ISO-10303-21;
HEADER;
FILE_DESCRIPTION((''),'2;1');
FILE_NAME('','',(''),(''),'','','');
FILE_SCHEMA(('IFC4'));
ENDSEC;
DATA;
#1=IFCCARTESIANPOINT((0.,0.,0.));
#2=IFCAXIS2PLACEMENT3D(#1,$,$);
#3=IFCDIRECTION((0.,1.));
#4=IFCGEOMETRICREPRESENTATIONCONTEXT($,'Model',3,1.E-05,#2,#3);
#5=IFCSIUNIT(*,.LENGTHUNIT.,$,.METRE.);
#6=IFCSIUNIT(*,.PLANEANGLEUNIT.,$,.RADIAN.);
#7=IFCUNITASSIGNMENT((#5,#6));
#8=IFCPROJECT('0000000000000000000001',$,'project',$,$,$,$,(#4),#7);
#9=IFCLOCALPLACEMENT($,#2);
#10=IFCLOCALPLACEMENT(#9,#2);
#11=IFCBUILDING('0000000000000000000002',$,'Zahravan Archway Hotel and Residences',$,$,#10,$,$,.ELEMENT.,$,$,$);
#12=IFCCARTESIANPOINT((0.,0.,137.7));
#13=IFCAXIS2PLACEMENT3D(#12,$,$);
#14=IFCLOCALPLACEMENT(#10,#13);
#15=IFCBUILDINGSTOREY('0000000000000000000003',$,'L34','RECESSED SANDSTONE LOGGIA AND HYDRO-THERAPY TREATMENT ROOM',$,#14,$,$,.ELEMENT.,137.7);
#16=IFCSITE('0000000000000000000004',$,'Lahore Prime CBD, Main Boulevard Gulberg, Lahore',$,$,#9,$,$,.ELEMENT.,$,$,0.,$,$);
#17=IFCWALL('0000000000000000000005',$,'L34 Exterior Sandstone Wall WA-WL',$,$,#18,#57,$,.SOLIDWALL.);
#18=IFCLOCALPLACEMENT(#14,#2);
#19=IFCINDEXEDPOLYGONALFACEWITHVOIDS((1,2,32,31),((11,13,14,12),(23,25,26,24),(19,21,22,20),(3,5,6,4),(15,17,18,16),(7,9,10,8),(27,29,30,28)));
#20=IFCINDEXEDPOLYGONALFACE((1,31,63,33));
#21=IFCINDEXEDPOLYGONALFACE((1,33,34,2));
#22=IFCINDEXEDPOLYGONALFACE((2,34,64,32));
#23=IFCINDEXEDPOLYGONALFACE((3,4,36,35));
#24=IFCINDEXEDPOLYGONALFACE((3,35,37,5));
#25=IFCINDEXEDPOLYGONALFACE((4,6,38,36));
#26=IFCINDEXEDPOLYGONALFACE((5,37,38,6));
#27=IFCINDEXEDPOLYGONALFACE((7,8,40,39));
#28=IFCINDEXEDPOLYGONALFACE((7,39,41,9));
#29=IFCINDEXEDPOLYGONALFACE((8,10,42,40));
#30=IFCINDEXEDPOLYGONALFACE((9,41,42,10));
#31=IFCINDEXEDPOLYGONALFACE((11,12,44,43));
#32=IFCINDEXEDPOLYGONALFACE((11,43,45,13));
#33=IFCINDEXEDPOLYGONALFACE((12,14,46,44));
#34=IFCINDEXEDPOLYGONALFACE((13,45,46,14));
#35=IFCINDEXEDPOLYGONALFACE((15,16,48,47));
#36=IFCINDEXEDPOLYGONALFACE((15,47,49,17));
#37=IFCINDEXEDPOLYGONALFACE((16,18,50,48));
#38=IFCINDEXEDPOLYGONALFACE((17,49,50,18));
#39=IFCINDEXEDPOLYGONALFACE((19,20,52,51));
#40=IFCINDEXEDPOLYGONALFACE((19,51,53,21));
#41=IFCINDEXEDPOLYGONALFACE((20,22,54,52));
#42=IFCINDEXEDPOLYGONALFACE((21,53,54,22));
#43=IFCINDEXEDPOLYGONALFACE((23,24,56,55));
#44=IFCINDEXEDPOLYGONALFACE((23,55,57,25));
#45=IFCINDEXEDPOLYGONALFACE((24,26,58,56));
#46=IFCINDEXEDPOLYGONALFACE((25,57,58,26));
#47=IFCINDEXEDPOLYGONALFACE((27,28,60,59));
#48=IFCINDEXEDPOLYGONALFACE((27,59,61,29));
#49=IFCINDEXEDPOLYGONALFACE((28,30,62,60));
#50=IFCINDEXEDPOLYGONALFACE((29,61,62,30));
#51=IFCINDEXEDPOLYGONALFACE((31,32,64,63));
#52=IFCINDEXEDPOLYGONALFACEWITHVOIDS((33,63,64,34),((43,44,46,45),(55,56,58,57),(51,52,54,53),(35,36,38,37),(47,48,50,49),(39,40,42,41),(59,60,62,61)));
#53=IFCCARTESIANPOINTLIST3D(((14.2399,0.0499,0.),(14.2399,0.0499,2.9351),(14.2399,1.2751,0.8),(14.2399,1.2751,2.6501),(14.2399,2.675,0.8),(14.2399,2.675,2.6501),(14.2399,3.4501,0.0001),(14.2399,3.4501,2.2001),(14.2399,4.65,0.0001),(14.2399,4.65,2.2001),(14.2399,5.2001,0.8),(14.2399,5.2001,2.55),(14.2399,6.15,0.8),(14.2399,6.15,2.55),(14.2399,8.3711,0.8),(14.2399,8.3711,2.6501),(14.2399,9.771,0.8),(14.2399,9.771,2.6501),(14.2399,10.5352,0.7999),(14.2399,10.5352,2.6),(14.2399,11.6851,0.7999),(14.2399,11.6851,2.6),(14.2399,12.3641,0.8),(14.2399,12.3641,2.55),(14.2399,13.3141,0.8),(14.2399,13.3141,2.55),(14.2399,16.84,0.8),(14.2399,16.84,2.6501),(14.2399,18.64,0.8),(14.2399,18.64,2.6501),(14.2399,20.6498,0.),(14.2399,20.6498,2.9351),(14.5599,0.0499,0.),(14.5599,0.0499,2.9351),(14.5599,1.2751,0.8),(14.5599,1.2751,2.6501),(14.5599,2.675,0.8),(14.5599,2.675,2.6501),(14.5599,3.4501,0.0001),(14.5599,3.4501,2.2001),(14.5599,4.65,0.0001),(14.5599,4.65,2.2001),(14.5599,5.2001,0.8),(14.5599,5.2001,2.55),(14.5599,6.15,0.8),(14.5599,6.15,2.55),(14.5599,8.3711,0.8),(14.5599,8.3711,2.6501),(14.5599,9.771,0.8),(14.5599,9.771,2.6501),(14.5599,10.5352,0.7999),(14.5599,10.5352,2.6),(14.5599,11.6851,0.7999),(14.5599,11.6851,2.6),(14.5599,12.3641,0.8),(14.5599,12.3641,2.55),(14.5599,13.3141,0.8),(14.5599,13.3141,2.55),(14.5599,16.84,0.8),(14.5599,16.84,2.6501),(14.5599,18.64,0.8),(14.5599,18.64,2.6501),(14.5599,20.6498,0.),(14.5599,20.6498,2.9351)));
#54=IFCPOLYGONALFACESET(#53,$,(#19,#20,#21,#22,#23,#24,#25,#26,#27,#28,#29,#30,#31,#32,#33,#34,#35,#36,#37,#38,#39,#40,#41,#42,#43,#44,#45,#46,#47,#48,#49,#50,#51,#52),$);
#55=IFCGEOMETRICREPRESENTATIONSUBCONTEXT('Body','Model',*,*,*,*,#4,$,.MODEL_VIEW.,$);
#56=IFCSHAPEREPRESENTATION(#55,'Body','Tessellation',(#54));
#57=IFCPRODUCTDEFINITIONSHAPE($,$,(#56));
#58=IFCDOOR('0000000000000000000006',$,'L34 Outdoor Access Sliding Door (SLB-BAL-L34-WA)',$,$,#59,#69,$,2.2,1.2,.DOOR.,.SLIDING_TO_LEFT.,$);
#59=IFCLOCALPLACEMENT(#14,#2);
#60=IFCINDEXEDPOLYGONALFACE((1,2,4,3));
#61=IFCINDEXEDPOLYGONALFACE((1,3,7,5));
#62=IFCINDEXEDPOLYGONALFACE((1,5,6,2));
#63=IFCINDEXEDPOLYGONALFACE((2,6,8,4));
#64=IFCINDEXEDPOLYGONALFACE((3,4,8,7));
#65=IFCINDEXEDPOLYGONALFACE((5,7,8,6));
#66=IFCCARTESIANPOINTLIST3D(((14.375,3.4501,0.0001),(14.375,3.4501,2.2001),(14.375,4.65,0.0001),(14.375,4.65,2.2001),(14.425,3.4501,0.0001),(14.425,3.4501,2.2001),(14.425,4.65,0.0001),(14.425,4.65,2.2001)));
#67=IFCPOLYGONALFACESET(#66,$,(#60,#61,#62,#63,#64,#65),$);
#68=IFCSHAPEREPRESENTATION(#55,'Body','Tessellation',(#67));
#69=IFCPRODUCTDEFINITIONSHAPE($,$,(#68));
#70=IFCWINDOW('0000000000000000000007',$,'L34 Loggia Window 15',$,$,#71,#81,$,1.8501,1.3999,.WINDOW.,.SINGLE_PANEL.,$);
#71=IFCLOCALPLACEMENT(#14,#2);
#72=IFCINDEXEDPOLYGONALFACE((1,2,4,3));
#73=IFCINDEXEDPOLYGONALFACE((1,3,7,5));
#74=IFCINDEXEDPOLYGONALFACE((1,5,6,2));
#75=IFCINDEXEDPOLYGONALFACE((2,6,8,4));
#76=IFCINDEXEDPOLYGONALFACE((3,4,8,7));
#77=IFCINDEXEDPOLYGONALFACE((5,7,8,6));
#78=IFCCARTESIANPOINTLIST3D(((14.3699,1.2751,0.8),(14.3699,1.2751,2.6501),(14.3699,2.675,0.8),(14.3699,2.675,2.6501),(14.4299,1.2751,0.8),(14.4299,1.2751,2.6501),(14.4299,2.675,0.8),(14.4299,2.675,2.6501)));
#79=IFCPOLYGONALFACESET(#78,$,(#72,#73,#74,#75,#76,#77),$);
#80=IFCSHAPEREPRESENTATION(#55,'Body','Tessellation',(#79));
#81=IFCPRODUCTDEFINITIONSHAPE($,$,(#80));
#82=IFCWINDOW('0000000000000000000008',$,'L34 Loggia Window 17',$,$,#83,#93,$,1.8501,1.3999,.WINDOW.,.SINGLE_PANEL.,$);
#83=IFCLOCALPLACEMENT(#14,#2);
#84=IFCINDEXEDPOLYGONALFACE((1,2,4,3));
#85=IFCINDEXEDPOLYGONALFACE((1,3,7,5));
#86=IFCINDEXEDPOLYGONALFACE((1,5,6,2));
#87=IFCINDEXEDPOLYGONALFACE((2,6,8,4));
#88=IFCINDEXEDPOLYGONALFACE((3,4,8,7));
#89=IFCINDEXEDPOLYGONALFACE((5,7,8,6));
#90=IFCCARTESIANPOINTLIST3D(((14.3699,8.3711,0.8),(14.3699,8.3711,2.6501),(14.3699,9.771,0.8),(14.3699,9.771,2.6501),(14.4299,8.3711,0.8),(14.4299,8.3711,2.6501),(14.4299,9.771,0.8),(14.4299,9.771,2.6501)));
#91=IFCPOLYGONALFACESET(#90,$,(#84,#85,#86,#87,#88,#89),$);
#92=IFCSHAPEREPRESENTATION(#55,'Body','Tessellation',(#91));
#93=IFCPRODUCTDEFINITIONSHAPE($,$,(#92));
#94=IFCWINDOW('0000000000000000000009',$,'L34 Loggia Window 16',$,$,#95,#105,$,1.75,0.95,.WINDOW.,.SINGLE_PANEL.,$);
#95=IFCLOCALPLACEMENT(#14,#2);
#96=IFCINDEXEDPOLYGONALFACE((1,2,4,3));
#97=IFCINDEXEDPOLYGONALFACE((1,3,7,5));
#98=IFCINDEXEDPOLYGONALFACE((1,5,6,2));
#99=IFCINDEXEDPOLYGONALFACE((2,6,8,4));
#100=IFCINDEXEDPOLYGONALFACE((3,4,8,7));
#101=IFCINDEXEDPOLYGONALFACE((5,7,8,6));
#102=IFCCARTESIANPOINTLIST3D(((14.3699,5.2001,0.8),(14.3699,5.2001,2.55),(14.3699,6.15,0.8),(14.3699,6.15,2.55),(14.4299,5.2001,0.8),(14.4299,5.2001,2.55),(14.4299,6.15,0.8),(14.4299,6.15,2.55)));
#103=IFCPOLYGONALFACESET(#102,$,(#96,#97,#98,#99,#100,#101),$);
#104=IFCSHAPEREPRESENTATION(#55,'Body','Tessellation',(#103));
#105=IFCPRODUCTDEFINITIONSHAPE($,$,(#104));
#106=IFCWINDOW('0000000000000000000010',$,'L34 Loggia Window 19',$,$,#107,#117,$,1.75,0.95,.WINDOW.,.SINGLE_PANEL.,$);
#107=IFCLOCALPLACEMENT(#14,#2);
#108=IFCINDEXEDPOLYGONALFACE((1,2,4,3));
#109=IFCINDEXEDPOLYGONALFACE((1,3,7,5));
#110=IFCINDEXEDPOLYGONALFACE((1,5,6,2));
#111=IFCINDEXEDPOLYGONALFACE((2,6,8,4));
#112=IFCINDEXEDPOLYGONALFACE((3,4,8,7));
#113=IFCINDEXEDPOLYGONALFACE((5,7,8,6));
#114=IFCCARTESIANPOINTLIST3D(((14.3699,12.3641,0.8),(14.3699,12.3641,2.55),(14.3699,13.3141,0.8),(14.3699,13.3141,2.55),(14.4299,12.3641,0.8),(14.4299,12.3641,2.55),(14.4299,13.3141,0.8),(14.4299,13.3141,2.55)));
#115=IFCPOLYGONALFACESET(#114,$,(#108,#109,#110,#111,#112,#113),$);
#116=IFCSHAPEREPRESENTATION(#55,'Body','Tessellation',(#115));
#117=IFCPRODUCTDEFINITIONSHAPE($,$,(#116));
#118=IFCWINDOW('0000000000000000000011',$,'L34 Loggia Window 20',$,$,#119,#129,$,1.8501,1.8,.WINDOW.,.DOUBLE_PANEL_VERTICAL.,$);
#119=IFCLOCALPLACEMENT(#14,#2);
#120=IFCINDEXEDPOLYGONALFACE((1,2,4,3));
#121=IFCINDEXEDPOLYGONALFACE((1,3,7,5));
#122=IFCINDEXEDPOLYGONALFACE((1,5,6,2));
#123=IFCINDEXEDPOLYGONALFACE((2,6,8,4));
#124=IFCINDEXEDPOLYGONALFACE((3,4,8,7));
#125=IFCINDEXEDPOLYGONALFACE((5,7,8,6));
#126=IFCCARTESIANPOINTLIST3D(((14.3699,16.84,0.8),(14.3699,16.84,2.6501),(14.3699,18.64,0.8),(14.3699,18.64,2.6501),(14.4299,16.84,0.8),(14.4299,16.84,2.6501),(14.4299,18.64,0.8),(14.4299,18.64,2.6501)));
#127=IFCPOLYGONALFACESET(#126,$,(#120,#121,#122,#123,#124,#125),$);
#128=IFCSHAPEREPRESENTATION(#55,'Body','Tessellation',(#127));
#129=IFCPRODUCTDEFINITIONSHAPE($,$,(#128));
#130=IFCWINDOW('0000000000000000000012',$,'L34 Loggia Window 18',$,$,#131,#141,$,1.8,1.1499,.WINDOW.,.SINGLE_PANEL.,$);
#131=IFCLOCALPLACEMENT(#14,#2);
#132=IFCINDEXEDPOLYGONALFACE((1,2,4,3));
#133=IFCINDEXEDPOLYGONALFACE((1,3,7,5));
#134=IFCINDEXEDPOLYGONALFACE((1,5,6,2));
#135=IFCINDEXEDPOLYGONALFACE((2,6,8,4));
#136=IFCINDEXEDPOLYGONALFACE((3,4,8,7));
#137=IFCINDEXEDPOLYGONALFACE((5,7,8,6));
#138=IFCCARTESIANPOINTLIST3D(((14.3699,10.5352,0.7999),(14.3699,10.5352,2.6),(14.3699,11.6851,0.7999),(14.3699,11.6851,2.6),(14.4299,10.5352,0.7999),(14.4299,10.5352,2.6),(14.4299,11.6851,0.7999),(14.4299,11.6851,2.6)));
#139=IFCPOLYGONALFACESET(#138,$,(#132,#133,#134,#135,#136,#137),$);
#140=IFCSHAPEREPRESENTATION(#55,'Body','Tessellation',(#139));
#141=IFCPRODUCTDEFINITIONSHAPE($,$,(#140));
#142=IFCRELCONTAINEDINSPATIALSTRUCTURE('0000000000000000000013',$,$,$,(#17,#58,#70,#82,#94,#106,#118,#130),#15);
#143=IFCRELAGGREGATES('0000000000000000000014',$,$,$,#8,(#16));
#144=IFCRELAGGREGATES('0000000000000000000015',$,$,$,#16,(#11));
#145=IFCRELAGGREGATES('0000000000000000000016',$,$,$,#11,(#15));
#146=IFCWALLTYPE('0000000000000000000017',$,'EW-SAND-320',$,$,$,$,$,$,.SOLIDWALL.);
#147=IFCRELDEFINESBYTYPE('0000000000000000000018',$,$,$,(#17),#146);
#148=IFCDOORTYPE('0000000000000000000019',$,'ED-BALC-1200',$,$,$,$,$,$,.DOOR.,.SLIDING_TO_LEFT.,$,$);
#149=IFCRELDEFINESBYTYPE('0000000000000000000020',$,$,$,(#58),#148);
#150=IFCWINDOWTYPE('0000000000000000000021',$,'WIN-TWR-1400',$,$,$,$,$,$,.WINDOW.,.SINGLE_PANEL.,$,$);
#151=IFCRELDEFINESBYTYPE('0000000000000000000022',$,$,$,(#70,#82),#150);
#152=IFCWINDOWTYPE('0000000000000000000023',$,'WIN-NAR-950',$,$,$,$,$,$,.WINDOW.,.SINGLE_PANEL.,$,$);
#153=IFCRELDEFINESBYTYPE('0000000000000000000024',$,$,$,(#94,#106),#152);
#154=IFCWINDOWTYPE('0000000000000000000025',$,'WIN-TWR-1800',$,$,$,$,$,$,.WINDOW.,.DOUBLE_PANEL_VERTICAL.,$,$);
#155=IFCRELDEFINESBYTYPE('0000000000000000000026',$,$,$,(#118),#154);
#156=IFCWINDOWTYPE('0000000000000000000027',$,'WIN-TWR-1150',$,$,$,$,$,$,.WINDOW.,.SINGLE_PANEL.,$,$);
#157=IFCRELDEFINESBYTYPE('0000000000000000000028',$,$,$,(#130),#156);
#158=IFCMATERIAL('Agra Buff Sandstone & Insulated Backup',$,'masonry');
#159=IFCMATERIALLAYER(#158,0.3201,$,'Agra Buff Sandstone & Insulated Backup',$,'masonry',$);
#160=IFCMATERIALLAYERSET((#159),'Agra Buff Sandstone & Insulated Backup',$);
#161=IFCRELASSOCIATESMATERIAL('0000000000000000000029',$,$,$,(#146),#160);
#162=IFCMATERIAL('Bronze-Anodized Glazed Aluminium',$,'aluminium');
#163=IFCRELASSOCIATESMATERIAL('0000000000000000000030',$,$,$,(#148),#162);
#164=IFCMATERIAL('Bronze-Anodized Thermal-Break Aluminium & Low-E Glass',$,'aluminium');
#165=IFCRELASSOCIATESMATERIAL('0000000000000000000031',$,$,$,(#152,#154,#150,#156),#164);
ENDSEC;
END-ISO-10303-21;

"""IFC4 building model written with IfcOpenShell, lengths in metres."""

from ifc_helpers import new_model, si_unit, direction, frame, frame_2d, origin, place, context, subcontext, project, spatial, rectangle, extrude, source, transform, mapped, material, layer, layer_set, type_object, type_shapes, element, fill, save


model = new_model("IFC4")

# Units and contexts
model_context = context("Model", 3, precision=1e-05, world=origin(), true_north=direction((0.0, 1.0)))
body_context = subcontext(model_context, "Body", "Model", "MODEL_VIEW")
ifc_project = project(units=[si_unit("LENGTHUNIT", "METRE"), si_unit("PLANEANGLEUNIT", "RADIAN")], contexts=[model_context])

# Site, building, storey
site_placement = place(None, origin())
site = spatial("IfcSite", under=ifc_project, at=site_placement, Name="Lahore Prime CBD, Main Boulevard Gulberg, Lahore", CompositionType="ELEMENT", RefElevation=0.0)
building_placement = place(site_placement, origin())
building = spatial("IfcBuilding", under=site, at=building_placement, Name="Zahravan Archway Hotel and Residences", CompositionType="ELEMENT")
storey_placement = place(building_placement, frame((0.0, 0.0, 137.7)))
storey = spatial("IfcBuildingStorey", under=building, at=storey_placement, Name="L34", Description="RECESSED SANDSTONE LOGGIA AND HYDRO-THERAPY TREATMENT ROOM", CompositionType="ELEMENT", Elevation=137.7)

# Wall, openings, door, windows
ifc_material_1 = material(Name="Agra Buff Sandstone & Insulated Backup", Category="masonry")
ifc_layer = layer(ifc_material_1, 0.3201, Name="Agra Buff Sandstone & Insulated Backup", Category="masonry")
ifc_layer_set = layer_set([ifc_layer], Name="Agra Buff Sandstone & Insulated Backup")
wall_type = type_object("IfcWallType", Name="EW-SAND-320", PredefinedType="SOLIDWALL", material=ifc_layer_set)
ifc_material_2 = material(Name="Bronze-Anodized Glazed Aluminium", Category="aluminium")
door_type = type_object("IfcDoorType", Name="ED-BALC-1200", OperationType="SLIDING_TO_LEFT", PredefinedType="DOOR", material=ifc_material_2)
shared_shape_1 = source(origin(), body_context, "Body", "SweptSolid", [
    extrude(rectangle(XDim=1.2, YDim=2.2, at=frame_2d((0.6001, 1.1001))), frame((0.0, 0.0249, 0.0), z_axis=(0.0, -1.0, 0.0), x_axis=(1.0, 0.0, 0.0)), (0.0, 0.0, 1.0), 0.05),
])
type_shapes(door_type, [shared_shape_1])
ifc_material_3 = material(Name="Bronze-Anodized Thermal-Break Aluminium & Low-E Glass", Category="aluminium")
window_type_1 = type_object("IfcWindowType", Name="WIN-NAR-950", PartitioningType="SINGLE_PANEL", PredefinedType="WINDOW", material=ifc_material_3)
shared_shape_2 = source(origin(), body_context, "Body", "SweptSolid", [
    extrude(rectangle(XDim=0.95, YDim=1.75, at=frame_2d((0.4751, 0.875))), frame((0.0, 0.03, 0.0), z_axis=(0.0, -1.0, 0.0), x_axis=(1.0, 0.0, 0.0)), (0.0, 0.0, 1.0), 0.0601),
])
type_shapes(window_type_1, [shared_shape_2])
window_type_2 = type_object("IfcWindowType", Name="WIN-TWR-1800", PartitioningType="DOUBLE_PANEL_VERTICAL", PredefinedType="WINDOW", material=ifc_material_3)
shared_shape_3 = source(origin(), body_context, "Body", "SweptSolid", [
    extrude(rectangle(XDim=1.8, YDim=1.8501, at=frame_2d((0.8999, 0.925))), frame((0.0, 0.03, 0.0), z_axis=(0.0, -1.0, 0.0), x_axis=(1.0, 0.0, 0.0)), (0.0, 0.0, 1.0), 0.0601),
])
type_shapes(window_type_2, [shared_shape_3])
wall_1_placement = place(storey_placement, frame((14.3999, 0.05, 0.0), z_axis=(0.0, 0.0, 1.0), x_axis=(0.0, 1.0, 0.0)))
wall_1 = element("IfcWall", 1, at=wall_1_placement, inside=storey, type_object=wall_type, Name="L34 Exterior Sandstone Wall WA-WL", PredefinedType="SOLIDWALL", context=body_context, shape_type="SweptSolid", body=[
    extrude(rectangle(XDim=20.5999, YDim=0.3201, at=frame_2d((10.2998, 0.0))), origin(), (0.0, 0.0, 1.0), 2.9351),
])
opening_1_placement = place(wall_1_placement, frame((3.3999, 0.0, 0.0)))
opening_1 = element("IfcOpeningElement", 2, at=opening_1_placement, cuts=wall_1, PredefinedType="OPENING", context=body_context, shape_type="SweptSolid", body=[
    extrude(rectangle(XDim=1.2, YDim=2.2, at=frame_2d((0.6001, 1.1001))), frame((0.0, 0.1699, 0.0), z_axis=(0.0, -1.0, 0.0), x_axis=(1.0, 0.0, 0.0)), (0.0, 0.0, 1.0), 0.3401),
])
opening_2_placement = place(wall_1_placement, frame((1.2251, 0.0, 0.8)))
opening_2 = element("IfcOpeningElement", 3, at=opening_2_placement, cuts=wall_1, PredefinedType="OPENING", context=body_context, shape_type="SweptSolid", body=[
    extrude(rectangle(XDim=1.3999, YDim=1.8501, at=frame_2d((0.7, 0.925))), frame((0.0, 0.1699, 0.0), z_axis=(0.0, -1.0, 0.0), x_axis=(1.0, 0.0, 0.0)), (0.0, 0.0, 1.0), 0.3401),
])
opening_3_placement = place(wall_1_placement, frame((5.1499, 0.0, 0.8)))
opening_3 = element("IfcOpeningElement", 4, at=opening_3_placement, cuts=wall_1, PredefinedType="OPENING", context=body_context, shape_type="SweptSolid", body=[
    extrude(rectangle(XDim=0.95, YDim=1.75, at=frame_2d((0.4751, 0.875))), frame((0.0, 0.1699, 0.0), z_axis=(0.0, -1.0, 0.0), x_axis=(1.0, 0.0, 0.0)), (0.0, 0.0, 1.0), 0.3401),
])
opening_4_placement = place(wall_1_placement, frame((8.321, 0.0, 0.8)))
opening_4 = element("IfcOpeningElement", 5, at=opening_4_placement, cuts=wall_1, PredefinedType="OPENING", context=body_context, shape_type="SweptSolid", body=[
    extrude(rectangle(XDim=1.3999, YDim=1.8501, at=frame_2d((0.7, 0.925))), frame((0.0, 0.1699, 0.0), z_axis=(0.0, -1.0, 0.0), x_axis=(1.0, 0.0, 0.0)), (0.0, 0.0, 1.0), 0.3401),
])
opening_5_placement = place(wall_1_placement, frame((10.4851, 0.0, 0.8)))
opening_5 = element("IfcOpeningElement", 6, at=opening_5_placement, cuts=wall_1, PredefinedType="OPENING", context=body_context, shape_type="SweptSolid", body=[
    extrude(rectangle(XDim=1.1499, YDim=1.8, at=frame_2d((0.575, 0.8999))), frame((0.0, 0.1699, 0.0), z_axis=(0.0, -1.0, 0.0), x_axis=(1.0, 0.0, 0.0)), (0.0, 0.0, 1.0), 0.3401),
])
opening_6_placement = place(wall_1_placement, frame((12.314, 0.0, 0.8)))
opening_6 = element("IfcOpeningElement", 7, at=opening_6_placement, cuts=wall_1, PredefinedType="OPENING", context=body_context, shape_type="SweptSolid", body=[
    extrude(rectangle(XDim=0.95, YDim=1.75, at=frame_2d((0.4751, 0.875))), frame((0.0, 0.1699, 0.0), z_axis=(0.0, -1.0, 0.0), x_axis=(1.0, 0.0, 0.0)), (0.0, 0.0, 1.0), 0.3401),
])
opening_7_placement = place(wall_1_placement, frame((16.79, 0.0, 0.8)))
opening_7 = element("IfcOpeningElement", 8, at=opening_7_placement, cuts=wall_1, PredefinedType="OPENING", context=body_context, shape_type="SweptSolid", body=[
    extrude(rectangle(XDim=1.8, YDim=1.8501, at=frame_2d((0.8999, 0.925))), frame((0.0, 0.1699, 0.0), z_axis=(0.0, -1.0, 0.0), x_axis=(1.0, 0.0, 0.0)), (0.0, 0.0, 1.0), 0.3401),
])
door_1_placement = place(opening_1_placement, origin())
door_1 = element("IfcDoor", 9, at=door_1_placement, inside=storey, type_object=door_type, Name="L34 Outdoor Access Sliding Door (SLB-BAL-L34-WA)", OperationType="SLIDING_TO_LEFT", OverallHeight=2.2, OverallWidth=1.2, PredefinedType="DOOR", context=body_context, shape_type="MappedRepresentation", body=[
    mapped(shared_shape_1, transform((0.0, 0.0, 0.0), scale=1.0)),
])
fill(opening_1, door_1)
window_type_3 = type_object("IfcWindowType", Name="WIN-TWR-1400", PartitioningType="SINGLE_PANEL", PredefinedType="WINDOW", material=ifc_material_3)
shared_shape_4 = source(origin(), body_context, "Body", "SweptSolid", [
    extrude(rectangle(XDim=1.3999, YDim=1.8501, at=frame_2d((0.7, 0.925))), frame((0.0, 0.03, 0.0), z_axis=(0.0, -1.0, 0.0), x_axis=(1.0, 0.0, 0.0)), (0.0, 0.0, 1.0), 0.0601),
])
type_shapes(window_type_3, [shared_shape_4])
window_1_placement = place(opening_2_placement, origin())
window_1 = element("IfcWindow", 10, at=window_1_placement, inside=storey, type_object=window_type_3, Name="L34 Loggia Window 15", OverallHeight=1.8501, OverallWidth=1.3999, PartitioningType="SINGLE_PANEL", PredefinedType="WINDOW", context=body_context, shape_type="MappedRepresentation", body=[
    mapped(shared_shape_4, transform((0.0, 0.0, 0.0), scale=1.0)),
])
fill(opening_2, window_1)
window_2_placement = place(opening_4_placement, origin())
window_2 = element("IfcWindow", 11, at=window_2_placement, inside=storey, type_object=window_type_3, Name="L34 Loggia Window 17", OverallHeight=1.8501, OverallWidth=1.3999, PartitioningType="SINGLE_PANEL", PredefinedType="WINDOW", context=body_context, shape_type="MappedRepresentation", body=[
    mapped(shared_shape_4, transform((0.0, 0.0, 0.0), scale=1.0)),
])
fill(opening_4, window_2)
window_3_placement = place(opening_3_placement, origin())
window_3 = element("IfcWindow", 12, at=window_3_placement, inside=storey, type_object=window_type_1, Name="L34 Loggia Window 16", OverallHeight=1.75, OverallWidth=0.95, PartitioningType="SINGLE_PANEL", PredefinedType="WINDOW", context=body_context, shape_type="MappedRepresentation", body=[
    mapped(shared_shape_2, transform((0.0, 0.0, 0.0), scale=1.0)),
])
fill(opening_3, window_3)
window_4_placement = place(opening_6_placement, origin())
window_4 = element("IfcWindow", 13, at=window_4_placement, inside=storey, type_object=window_type_1, Name="L34 Loggia Window 19", OverallHeight=1.75, OverallWidth=0.95, PartitioningType="SINGLE_PANEL", PredefinedType="WINDOW", context=body_context, shape_type="MappedRepresentation", body=[
    mapped(shared_shape_2, transform((0.0, 0.0, 0.0), scale=1.0)),
])
fill(opening_6, window_4)
window_5_placement = place(opening_7_placement, origin())
window_5 = element("IfcWindow", 14, at=window_5_placement, inside=storey, type_object=window_type_2, Name="L34 Loggia Window 20", OverallHeight=1.8501, OverallWidth=1.8, PartitioningType="DOUBLE_PANEL_VERTICAL", PredefinedType="WINDOW", context=body_context, shape_type="MappedRepresentation", body=[
    mapped(shared_shape_3, transform((0.0, 0.0, 0.0), scale=1.0)),
])
fill(opening_7, window_5)
window_type_4 = type_object("IfcWindowType", Name="WIN-TWR-1150", PartitioningType="SINGLE_PANEL", PredefinedType="WINDOW", material=ifc_material_3)
shared_shape_5 = source(origin(), body_context, "Body", "SweptSolid", [
    extrude(rectangle(XDim=1.1499, YDim=1.8, at=frame_2d((0.575, 0.8999))), frame((0.0, 0.03, 0.0), z_axis=(0.0, -1.0, 0.0), x_axis=(1.0, 0.0, 0.0)), (0.0, 0.0, 1.0), 0.0601),
])
type_shapes(window_type_4, [shared_shape_5])
window_6_placement = place(opening_5_placement, origin())
window_6 = element("IfcWindow", 15, at=window_6_placement, inside=storey, type_object=window_type_4, Name="L34 Loggia Window 18", OverallHeight=1.8, OverallWidth=1.1499, PartitioningType="SINGLE_PANEL", PredefinedType="WINDOW", context=body_context, shape_type="MappedRepresentation", body=[
    mapped(shared_shape_5, transform((0.0, 0.0, 0.0), scale=1.0)),
])
fill(opening_5, window_6)

save(model, "model.ifc")
